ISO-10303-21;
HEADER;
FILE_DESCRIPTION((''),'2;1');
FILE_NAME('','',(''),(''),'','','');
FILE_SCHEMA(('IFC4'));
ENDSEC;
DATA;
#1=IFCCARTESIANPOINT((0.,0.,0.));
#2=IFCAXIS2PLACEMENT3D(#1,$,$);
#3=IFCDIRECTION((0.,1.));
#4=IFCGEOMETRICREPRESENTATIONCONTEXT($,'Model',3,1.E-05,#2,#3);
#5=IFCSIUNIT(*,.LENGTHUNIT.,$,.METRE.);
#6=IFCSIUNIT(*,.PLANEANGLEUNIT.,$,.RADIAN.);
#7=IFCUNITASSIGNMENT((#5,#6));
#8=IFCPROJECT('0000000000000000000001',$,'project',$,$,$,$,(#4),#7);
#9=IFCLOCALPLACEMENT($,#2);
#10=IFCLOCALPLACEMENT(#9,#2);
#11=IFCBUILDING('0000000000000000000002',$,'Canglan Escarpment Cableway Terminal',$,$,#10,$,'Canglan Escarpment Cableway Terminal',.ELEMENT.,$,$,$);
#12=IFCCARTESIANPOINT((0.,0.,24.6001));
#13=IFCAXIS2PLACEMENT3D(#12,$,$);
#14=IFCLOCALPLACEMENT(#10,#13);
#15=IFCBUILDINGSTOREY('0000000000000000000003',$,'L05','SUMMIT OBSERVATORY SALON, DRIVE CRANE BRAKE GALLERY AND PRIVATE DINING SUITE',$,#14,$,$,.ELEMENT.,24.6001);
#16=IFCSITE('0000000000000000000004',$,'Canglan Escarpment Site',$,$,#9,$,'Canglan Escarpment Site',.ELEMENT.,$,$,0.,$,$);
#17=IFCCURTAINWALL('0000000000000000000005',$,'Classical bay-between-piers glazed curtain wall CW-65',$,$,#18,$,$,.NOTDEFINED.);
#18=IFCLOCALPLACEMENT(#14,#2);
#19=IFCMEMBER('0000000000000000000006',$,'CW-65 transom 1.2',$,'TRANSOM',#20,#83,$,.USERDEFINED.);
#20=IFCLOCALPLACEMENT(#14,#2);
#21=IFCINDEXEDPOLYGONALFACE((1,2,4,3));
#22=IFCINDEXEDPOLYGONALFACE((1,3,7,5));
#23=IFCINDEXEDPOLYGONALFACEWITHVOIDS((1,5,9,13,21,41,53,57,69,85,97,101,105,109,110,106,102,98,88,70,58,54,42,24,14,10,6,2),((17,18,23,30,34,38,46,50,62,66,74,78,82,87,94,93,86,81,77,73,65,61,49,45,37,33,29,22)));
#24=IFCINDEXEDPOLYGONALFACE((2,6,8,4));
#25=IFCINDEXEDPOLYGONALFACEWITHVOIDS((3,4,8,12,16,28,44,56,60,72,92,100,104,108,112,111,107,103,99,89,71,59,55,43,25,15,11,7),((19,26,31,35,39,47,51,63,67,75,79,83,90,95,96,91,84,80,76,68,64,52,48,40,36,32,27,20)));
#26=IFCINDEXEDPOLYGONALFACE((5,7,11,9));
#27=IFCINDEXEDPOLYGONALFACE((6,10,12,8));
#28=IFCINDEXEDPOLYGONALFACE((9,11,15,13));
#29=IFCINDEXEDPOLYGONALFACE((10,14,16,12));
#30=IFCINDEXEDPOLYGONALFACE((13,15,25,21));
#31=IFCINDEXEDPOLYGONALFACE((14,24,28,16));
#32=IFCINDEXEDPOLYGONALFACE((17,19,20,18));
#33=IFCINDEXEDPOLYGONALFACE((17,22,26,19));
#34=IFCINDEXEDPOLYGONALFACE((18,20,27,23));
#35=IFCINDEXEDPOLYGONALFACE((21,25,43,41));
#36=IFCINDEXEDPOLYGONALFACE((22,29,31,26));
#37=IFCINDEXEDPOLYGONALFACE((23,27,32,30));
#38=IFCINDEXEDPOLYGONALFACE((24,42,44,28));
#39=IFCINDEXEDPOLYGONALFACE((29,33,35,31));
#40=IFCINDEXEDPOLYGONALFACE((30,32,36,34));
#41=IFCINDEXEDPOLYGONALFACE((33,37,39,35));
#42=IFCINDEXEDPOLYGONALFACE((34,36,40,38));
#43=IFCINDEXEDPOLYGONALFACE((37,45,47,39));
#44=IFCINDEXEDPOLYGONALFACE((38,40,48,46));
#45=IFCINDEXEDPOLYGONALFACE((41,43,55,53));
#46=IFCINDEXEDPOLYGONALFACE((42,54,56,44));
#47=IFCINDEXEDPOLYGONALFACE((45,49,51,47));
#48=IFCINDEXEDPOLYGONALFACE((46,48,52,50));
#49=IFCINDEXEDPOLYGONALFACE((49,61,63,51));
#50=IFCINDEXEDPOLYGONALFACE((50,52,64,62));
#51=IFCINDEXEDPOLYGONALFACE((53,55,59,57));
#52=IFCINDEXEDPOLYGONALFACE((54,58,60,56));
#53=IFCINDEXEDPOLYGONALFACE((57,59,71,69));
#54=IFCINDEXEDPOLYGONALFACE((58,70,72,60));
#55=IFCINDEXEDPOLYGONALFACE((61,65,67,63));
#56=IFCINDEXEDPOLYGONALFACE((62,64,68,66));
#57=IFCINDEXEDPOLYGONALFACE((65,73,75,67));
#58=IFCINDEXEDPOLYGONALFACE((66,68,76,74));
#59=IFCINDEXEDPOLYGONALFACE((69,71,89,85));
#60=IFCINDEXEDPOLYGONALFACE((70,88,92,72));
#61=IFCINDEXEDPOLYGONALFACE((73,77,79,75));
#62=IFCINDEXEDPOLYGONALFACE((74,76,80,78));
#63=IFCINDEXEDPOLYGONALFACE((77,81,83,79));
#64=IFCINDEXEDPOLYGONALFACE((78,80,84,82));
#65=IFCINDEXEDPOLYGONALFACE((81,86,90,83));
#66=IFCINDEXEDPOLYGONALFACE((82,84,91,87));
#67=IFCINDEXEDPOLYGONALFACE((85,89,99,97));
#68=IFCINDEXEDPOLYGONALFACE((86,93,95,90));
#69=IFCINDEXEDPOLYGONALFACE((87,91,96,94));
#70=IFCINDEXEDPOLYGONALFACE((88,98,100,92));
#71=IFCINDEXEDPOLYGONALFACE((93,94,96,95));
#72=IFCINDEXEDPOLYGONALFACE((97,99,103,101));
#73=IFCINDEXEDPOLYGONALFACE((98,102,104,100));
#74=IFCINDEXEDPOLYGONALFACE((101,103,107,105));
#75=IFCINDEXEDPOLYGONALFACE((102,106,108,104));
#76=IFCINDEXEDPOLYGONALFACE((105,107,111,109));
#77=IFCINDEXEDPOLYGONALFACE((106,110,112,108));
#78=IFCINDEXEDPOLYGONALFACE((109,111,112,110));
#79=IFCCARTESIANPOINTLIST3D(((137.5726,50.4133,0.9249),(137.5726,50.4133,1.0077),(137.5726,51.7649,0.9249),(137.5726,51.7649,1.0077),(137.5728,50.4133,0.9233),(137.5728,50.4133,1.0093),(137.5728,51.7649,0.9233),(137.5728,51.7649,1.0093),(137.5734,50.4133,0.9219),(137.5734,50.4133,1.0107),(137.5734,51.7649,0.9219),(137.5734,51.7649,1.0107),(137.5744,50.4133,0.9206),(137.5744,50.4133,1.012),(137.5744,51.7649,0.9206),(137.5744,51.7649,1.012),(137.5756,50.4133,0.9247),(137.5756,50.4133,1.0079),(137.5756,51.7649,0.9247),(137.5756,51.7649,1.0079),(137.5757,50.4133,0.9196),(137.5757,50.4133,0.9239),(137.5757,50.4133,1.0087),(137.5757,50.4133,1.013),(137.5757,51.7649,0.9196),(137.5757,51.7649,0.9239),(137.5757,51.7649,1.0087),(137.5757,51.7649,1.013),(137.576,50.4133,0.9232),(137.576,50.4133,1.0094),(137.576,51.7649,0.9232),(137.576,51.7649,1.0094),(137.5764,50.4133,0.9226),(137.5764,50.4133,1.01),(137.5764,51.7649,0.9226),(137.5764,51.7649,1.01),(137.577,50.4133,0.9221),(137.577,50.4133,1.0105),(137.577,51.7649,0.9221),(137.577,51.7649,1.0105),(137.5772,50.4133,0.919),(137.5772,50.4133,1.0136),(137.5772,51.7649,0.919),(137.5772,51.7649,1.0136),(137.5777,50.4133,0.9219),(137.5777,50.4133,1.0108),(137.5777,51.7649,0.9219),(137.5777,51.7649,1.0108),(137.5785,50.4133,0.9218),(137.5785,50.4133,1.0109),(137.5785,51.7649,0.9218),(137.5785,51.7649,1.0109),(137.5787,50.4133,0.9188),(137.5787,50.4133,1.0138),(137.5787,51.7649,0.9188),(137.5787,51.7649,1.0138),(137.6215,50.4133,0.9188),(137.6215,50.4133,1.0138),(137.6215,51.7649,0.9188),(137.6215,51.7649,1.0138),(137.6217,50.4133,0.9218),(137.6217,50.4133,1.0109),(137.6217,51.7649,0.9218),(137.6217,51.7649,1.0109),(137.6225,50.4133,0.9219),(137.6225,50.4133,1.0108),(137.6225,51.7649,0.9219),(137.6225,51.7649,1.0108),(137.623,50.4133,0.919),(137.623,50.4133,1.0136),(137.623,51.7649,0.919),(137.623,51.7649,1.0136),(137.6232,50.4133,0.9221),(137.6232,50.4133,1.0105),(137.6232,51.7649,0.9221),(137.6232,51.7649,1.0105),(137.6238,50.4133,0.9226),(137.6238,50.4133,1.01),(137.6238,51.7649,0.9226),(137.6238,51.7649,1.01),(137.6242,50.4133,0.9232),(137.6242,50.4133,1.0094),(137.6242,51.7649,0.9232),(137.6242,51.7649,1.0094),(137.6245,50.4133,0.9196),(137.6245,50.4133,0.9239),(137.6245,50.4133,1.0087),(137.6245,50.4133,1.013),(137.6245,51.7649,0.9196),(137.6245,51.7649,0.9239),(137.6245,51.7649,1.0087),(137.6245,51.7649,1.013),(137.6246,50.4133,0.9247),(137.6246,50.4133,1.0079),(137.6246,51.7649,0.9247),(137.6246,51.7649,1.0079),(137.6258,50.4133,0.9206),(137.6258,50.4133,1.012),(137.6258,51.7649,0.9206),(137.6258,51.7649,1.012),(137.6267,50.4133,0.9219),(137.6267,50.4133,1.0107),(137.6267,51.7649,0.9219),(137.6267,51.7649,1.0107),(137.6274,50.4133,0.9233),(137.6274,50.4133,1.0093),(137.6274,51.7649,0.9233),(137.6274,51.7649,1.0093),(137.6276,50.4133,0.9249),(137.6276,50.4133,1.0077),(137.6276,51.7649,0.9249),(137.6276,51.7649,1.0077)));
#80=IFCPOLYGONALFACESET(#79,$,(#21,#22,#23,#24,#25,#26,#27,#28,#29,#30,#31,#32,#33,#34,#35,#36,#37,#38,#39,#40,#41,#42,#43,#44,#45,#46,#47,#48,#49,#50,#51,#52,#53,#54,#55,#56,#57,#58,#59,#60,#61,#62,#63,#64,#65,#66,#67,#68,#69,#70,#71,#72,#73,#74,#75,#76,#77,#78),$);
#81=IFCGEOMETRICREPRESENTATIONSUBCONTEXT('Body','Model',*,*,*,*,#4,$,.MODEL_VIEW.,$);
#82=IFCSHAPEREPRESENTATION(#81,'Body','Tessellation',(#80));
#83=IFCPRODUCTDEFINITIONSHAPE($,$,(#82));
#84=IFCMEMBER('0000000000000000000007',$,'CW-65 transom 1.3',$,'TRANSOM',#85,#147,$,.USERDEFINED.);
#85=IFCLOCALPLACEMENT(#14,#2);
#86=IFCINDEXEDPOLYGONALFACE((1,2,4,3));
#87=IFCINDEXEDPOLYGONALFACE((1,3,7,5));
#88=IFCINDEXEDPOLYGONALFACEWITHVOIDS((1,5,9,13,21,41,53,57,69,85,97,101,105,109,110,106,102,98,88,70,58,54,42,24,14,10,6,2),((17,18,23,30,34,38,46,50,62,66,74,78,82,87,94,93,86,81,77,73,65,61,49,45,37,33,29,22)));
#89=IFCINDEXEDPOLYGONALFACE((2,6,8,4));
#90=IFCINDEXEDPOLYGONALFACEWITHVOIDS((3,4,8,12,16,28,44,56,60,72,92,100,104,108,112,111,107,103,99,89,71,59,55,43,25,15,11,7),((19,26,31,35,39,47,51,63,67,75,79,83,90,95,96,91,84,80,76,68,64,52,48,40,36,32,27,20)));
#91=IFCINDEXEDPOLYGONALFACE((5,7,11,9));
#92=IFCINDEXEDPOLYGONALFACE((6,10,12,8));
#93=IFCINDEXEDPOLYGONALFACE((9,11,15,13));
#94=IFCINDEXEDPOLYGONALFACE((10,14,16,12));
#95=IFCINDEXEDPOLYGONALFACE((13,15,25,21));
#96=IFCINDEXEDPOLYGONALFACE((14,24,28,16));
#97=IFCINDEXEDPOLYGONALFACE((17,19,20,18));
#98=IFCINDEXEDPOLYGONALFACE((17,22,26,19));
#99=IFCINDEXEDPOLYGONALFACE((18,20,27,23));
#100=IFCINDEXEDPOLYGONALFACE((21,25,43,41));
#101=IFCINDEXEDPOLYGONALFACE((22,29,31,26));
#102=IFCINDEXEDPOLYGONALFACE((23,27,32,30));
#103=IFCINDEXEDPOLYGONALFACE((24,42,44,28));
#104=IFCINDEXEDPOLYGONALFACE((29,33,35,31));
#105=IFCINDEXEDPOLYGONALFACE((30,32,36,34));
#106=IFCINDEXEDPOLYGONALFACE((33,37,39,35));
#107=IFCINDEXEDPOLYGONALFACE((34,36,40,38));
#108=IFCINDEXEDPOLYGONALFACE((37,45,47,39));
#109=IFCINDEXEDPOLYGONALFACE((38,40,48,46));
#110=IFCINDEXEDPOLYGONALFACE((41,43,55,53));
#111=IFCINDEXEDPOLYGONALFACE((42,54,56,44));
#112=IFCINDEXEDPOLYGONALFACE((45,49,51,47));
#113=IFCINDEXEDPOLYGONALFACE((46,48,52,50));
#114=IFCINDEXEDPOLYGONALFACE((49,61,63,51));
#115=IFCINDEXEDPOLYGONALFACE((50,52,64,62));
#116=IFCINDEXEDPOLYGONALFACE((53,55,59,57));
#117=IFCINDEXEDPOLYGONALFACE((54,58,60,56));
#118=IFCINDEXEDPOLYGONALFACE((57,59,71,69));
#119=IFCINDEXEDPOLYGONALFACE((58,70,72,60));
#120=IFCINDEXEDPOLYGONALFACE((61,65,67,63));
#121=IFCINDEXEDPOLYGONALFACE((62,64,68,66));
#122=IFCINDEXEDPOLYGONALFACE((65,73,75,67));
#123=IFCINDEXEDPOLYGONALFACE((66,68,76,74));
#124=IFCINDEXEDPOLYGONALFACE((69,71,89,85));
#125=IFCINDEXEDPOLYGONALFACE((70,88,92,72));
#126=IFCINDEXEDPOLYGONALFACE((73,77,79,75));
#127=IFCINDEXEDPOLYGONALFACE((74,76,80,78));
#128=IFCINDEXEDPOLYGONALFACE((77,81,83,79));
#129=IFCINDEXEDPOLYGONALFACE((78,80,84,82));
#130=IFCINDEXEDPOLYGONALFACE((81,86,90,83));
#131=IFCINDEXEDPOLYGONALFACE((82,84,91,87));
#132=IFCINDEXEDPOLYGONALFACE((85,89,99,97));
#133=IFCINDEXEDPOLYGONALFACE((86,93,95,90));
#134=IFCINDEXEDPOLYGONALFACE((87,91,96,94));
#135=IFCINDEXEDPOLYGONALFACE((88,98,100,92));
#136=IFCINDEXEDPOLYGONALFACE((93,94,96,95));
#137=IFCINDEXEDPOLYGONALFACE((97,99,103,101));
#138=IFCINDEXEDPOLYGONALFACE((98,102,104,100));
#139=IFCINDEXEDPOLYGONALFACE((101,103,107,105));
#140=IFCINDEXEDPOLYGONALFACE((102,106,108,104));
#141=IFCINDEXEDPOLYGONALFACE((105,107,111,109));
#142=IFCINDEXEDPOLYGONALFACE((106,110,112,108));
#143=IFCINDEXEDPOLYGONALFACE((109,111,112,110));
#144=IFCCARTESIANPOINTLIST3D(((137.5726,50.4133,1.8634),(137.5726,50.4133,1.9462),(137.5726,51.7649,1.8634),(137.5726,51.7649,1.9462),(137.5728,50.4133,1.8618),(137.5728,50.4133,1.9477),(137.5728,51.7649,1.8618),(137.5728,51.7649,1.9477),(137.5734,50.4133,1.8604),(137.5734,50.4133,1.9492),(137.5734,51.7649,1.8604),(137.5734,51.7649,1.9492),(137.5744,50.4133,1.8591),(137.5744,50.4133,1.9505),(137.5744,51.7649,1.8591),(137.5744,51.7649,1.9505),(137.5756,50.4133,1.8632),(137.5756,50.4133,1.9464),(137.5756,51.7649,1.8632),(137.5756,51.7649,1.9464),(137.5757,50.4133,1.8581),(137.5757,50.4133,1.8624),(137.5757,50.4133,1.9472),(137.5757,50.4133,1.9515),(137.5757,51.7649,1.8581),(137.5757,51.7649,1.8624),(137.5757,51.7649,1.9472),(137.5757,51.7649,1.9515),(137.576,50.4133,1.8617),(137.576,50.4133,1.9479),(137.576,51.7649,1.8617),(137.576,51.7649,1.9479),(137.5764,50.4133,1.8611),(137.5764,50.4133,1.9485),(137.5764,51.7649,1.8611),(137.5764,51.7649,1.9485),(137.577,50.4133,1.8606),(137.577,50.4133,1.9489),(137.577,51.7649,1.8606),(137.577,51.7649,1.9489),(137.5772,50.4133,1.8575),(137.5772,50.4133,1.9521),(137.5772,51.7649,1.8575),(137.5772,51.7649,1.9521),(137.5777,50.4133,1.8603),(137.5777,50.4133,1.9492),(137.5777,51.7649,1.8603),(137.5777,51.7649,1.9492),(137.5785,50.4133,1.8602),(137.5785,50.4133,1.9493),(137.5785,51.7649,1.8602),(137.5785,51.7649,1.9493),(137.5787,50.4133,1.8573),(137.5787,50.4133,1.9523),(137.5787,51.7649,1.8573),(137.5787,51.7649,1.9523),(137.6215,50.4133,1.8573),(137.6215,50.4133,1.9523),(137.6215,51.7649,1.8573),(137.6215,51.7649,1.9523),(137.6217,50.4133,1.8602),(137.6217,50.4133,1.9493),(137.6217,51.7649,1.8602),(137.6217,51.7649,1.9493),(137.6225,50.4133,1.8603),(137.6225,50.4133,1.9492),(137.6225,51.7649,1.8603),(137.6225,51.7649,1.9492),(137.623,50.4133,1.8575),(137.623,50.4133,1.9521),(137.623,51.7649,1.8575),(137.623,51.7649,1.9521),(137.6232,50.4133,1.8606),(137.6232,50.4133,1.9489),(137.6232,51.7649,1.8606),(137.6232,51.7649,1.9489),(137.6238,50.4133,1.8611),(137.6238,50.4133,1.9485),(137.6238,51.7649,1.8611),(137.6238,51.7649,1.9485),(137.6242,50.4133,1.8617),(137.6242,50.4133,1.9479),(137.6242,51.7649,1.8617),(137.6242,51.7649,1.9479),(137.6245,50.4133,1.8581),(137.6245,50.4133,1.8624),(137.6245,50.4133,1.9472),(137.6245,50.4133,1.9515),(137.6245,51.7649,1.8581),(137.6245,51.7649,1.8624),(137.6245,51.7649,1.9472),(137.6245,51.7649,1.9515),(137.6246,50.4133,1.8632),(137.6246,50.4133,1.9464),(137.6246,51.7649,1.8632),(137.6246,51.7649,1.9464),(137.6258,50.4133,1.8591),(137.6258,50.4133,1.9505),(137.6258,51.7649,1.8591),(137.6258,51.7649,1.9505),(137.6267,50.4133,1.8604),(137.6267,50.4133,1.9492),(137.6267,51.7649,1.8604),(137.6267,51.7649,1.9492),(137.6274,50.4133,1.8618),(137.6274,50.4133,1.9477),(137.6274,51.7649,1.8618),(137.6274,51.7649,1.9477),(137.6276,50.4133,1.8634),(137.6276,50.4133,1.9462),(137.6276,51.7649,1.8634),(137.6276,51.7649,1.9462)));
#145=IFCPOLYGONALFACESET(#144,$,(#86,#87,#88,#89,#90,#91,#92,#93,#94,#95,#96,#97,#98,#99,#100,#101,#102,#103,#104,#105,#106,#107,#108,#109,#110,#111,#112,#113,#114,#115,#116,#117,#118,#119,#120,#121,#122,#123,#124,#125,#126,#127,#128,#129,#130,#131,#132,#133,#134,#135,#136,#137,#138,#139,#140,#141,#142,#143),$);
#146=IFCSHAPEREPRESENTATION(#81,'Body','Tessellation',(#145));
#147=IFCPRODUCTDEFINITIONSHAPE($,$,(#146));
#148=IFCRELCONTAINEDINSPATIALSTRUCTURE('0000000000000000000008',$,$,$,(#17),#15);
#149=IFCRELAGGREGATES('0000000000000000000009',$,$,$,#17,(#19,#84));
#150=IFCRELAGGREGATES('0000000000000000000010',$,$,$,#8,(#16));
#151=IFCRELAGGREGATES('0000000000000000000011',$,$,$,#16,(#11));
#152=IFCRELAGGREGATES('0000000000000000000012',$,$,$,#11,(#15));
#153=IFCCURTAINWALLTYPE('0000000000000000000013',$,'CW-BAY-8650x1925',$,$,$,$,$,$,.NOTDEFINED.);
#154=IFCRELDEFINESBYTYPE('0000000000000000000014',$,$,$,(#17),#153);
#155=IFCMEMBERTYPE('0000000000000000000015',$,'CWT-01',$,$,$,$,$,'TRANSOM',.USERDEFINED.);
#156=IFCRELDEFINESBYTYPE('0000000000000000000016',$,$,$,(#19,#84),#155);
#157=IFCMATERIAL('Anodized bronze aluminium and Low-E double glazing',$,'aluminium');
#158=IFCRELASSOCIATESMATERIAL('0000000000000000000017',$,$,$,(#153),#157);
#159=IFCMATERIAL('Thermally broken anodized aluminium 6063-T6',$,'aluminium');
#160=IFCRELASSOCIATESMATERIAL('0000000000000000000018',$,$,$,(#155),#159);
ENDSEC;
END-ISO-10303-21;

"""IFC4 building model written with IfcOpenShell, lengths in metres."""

from ifc_helpers import new_model, si_unit, direction, frame, origin, origin_2d, place, context, subcontext, project, spatial, hollow_rectangle, extrude, material, material_profile, profile_set, type_object, element, aggregate, save


model = new_model("IFC4")

# Units and contexts
model_context = context("Model", 3, precision=1e-05, world=origin(), true_north=direction((0.0, 1.0)))
body_context = subcontext(model_context, "Body", "Model", "MODEL_VIEW")
ifc_project = project(units=[si_unit("LENGTHUNIT", "METRE"), si_unit("PLANEANGLEUNIT", "RADIAN")], contexts=[model_context])

# Site, building, storey
site_placement = place(None, origin())
site = spatial("IfcSite", under=ifc_project, at=site_placement, Name="Canglan Escarpment Site", LongName="Canglan Escarpment Site", CompositionType="ELEMENT", RefElevation=0.0)
building_placement = place(site_placement, origin())
building = spatial("IfcBuilding", under=site, at=building_placement, Name="Canglan Escarpment Cableway Terminal", LongName="Canglan Escarpment Cableway Terminal", CompositionType="ELEMENT")
storey_placement = place(building_placement, frame((0.0, 0.0, 24.6001)))
storey = spatial("IfcBuildingStorey", under=building, at=storey_placement, Name="L05", Description="SUMMIT OBSERVATORY SALON, DRIVE CRANE BRAKE GALLERY AND PRIVATE DINING SUITE", CompositionType="ELEMENT", Elevation=24.6001)

# Curtain wall
ifc_material_1 = material(Name="Anodized bronze aluminium and Low-E double glazing", Category="aluminium")
curtain_wall_type_1 = type_object("IfcCurtainWallType", Name="CW-BAY-8650x1925", PredefinedType="NOTDEFINED", material=ifc_material_1)
curtain_wall_1_placement = place(storey_placement, origin())
curtain_wall_1 = element("IfcCurtainWall", 1, at=curtain_wall_1_placement, inside=storey, type_object=curtain_wall_type_1, Name="Classical bay-between-piers glazed curtain wall CW-65", PredefinedType="NOTDEFINED")
ifc_material_2 = material(Name="Thermally broken anodized aluminium 6063-T6", Category="aluminium")

# Members
ifc_material_profile_1 = material_profile(ifc_material_2, hollow_rectangle(XDim=0.0549, YDim=0.095, WallThickness=0.0029, InnerFilletRadius=0.0029, OuterFilletRadius=0.0061, at=origin_2d()), Name="ALU-TRAN 55x95x3")
ifc_profile_set_1 = profile_set([ifc_material_profile_1], Name="Thermally broken anodized aluminium 6063-T6")
member_type_1 = type_object("IfcMemberType", Name="CWT-01", ElementType="TRANSOM", PredefinedType="USERDEFINED", material=ifc_profile_set_1)
member_1_placement = place(storey_placement, frame((137.6001, 51.7649, 0.9663), z_axis=(0.0, -1.0, 0.0), x_axis=(1.0, 0.0, 0.0)))
member_1 = element("IfcMember", 2, at=member_1_placement, type_object=member_type_1, Name="CW-65 transom 1.2", ObjectType="TRANSOM", PredefinedType="USERDEFINED", context=body_context, shape_type="SweptSolid", body=[
    extrude(hollow_rectangle(XDim=0.0549, YDim=0.095, WallThickness=0.0029, InnerFilletRadius=0.0029, OuterFilletRadius=0.0061, at=origin_2d()), origin(), (0.0, 0.0, 1.0), 1.3516),
])
member_2_placement = place(storey_placement, frame((137.6001, 51.7649, 1.9048), z_axis=(0.0, -1.0, 0.0), x_axis=(1.0, 0.0, 0.0)))
member_2 = element("IfcMember", 3, at=member_2_placement, type_object=member_type_1, Name="CW-65 transom 1.3", ObjectType="TRANSOM", PredefinedType="USERDEFINED", context=body_context, shape_type="SweptSolid", body=[
    extrude(hollow_rectangle(XDim=0.0549, YDim=0.095, WallThickness=0.0029, InnerFilletRadius=0.0029, OuterFilletRadius=0.0061, at=origin_2d()), origin(), (0.0, 0.0, 1.0), 1.3516),
])

aggregate(curtain_wall_1, [member_1, member_2])

save(model, "model.ifc")
